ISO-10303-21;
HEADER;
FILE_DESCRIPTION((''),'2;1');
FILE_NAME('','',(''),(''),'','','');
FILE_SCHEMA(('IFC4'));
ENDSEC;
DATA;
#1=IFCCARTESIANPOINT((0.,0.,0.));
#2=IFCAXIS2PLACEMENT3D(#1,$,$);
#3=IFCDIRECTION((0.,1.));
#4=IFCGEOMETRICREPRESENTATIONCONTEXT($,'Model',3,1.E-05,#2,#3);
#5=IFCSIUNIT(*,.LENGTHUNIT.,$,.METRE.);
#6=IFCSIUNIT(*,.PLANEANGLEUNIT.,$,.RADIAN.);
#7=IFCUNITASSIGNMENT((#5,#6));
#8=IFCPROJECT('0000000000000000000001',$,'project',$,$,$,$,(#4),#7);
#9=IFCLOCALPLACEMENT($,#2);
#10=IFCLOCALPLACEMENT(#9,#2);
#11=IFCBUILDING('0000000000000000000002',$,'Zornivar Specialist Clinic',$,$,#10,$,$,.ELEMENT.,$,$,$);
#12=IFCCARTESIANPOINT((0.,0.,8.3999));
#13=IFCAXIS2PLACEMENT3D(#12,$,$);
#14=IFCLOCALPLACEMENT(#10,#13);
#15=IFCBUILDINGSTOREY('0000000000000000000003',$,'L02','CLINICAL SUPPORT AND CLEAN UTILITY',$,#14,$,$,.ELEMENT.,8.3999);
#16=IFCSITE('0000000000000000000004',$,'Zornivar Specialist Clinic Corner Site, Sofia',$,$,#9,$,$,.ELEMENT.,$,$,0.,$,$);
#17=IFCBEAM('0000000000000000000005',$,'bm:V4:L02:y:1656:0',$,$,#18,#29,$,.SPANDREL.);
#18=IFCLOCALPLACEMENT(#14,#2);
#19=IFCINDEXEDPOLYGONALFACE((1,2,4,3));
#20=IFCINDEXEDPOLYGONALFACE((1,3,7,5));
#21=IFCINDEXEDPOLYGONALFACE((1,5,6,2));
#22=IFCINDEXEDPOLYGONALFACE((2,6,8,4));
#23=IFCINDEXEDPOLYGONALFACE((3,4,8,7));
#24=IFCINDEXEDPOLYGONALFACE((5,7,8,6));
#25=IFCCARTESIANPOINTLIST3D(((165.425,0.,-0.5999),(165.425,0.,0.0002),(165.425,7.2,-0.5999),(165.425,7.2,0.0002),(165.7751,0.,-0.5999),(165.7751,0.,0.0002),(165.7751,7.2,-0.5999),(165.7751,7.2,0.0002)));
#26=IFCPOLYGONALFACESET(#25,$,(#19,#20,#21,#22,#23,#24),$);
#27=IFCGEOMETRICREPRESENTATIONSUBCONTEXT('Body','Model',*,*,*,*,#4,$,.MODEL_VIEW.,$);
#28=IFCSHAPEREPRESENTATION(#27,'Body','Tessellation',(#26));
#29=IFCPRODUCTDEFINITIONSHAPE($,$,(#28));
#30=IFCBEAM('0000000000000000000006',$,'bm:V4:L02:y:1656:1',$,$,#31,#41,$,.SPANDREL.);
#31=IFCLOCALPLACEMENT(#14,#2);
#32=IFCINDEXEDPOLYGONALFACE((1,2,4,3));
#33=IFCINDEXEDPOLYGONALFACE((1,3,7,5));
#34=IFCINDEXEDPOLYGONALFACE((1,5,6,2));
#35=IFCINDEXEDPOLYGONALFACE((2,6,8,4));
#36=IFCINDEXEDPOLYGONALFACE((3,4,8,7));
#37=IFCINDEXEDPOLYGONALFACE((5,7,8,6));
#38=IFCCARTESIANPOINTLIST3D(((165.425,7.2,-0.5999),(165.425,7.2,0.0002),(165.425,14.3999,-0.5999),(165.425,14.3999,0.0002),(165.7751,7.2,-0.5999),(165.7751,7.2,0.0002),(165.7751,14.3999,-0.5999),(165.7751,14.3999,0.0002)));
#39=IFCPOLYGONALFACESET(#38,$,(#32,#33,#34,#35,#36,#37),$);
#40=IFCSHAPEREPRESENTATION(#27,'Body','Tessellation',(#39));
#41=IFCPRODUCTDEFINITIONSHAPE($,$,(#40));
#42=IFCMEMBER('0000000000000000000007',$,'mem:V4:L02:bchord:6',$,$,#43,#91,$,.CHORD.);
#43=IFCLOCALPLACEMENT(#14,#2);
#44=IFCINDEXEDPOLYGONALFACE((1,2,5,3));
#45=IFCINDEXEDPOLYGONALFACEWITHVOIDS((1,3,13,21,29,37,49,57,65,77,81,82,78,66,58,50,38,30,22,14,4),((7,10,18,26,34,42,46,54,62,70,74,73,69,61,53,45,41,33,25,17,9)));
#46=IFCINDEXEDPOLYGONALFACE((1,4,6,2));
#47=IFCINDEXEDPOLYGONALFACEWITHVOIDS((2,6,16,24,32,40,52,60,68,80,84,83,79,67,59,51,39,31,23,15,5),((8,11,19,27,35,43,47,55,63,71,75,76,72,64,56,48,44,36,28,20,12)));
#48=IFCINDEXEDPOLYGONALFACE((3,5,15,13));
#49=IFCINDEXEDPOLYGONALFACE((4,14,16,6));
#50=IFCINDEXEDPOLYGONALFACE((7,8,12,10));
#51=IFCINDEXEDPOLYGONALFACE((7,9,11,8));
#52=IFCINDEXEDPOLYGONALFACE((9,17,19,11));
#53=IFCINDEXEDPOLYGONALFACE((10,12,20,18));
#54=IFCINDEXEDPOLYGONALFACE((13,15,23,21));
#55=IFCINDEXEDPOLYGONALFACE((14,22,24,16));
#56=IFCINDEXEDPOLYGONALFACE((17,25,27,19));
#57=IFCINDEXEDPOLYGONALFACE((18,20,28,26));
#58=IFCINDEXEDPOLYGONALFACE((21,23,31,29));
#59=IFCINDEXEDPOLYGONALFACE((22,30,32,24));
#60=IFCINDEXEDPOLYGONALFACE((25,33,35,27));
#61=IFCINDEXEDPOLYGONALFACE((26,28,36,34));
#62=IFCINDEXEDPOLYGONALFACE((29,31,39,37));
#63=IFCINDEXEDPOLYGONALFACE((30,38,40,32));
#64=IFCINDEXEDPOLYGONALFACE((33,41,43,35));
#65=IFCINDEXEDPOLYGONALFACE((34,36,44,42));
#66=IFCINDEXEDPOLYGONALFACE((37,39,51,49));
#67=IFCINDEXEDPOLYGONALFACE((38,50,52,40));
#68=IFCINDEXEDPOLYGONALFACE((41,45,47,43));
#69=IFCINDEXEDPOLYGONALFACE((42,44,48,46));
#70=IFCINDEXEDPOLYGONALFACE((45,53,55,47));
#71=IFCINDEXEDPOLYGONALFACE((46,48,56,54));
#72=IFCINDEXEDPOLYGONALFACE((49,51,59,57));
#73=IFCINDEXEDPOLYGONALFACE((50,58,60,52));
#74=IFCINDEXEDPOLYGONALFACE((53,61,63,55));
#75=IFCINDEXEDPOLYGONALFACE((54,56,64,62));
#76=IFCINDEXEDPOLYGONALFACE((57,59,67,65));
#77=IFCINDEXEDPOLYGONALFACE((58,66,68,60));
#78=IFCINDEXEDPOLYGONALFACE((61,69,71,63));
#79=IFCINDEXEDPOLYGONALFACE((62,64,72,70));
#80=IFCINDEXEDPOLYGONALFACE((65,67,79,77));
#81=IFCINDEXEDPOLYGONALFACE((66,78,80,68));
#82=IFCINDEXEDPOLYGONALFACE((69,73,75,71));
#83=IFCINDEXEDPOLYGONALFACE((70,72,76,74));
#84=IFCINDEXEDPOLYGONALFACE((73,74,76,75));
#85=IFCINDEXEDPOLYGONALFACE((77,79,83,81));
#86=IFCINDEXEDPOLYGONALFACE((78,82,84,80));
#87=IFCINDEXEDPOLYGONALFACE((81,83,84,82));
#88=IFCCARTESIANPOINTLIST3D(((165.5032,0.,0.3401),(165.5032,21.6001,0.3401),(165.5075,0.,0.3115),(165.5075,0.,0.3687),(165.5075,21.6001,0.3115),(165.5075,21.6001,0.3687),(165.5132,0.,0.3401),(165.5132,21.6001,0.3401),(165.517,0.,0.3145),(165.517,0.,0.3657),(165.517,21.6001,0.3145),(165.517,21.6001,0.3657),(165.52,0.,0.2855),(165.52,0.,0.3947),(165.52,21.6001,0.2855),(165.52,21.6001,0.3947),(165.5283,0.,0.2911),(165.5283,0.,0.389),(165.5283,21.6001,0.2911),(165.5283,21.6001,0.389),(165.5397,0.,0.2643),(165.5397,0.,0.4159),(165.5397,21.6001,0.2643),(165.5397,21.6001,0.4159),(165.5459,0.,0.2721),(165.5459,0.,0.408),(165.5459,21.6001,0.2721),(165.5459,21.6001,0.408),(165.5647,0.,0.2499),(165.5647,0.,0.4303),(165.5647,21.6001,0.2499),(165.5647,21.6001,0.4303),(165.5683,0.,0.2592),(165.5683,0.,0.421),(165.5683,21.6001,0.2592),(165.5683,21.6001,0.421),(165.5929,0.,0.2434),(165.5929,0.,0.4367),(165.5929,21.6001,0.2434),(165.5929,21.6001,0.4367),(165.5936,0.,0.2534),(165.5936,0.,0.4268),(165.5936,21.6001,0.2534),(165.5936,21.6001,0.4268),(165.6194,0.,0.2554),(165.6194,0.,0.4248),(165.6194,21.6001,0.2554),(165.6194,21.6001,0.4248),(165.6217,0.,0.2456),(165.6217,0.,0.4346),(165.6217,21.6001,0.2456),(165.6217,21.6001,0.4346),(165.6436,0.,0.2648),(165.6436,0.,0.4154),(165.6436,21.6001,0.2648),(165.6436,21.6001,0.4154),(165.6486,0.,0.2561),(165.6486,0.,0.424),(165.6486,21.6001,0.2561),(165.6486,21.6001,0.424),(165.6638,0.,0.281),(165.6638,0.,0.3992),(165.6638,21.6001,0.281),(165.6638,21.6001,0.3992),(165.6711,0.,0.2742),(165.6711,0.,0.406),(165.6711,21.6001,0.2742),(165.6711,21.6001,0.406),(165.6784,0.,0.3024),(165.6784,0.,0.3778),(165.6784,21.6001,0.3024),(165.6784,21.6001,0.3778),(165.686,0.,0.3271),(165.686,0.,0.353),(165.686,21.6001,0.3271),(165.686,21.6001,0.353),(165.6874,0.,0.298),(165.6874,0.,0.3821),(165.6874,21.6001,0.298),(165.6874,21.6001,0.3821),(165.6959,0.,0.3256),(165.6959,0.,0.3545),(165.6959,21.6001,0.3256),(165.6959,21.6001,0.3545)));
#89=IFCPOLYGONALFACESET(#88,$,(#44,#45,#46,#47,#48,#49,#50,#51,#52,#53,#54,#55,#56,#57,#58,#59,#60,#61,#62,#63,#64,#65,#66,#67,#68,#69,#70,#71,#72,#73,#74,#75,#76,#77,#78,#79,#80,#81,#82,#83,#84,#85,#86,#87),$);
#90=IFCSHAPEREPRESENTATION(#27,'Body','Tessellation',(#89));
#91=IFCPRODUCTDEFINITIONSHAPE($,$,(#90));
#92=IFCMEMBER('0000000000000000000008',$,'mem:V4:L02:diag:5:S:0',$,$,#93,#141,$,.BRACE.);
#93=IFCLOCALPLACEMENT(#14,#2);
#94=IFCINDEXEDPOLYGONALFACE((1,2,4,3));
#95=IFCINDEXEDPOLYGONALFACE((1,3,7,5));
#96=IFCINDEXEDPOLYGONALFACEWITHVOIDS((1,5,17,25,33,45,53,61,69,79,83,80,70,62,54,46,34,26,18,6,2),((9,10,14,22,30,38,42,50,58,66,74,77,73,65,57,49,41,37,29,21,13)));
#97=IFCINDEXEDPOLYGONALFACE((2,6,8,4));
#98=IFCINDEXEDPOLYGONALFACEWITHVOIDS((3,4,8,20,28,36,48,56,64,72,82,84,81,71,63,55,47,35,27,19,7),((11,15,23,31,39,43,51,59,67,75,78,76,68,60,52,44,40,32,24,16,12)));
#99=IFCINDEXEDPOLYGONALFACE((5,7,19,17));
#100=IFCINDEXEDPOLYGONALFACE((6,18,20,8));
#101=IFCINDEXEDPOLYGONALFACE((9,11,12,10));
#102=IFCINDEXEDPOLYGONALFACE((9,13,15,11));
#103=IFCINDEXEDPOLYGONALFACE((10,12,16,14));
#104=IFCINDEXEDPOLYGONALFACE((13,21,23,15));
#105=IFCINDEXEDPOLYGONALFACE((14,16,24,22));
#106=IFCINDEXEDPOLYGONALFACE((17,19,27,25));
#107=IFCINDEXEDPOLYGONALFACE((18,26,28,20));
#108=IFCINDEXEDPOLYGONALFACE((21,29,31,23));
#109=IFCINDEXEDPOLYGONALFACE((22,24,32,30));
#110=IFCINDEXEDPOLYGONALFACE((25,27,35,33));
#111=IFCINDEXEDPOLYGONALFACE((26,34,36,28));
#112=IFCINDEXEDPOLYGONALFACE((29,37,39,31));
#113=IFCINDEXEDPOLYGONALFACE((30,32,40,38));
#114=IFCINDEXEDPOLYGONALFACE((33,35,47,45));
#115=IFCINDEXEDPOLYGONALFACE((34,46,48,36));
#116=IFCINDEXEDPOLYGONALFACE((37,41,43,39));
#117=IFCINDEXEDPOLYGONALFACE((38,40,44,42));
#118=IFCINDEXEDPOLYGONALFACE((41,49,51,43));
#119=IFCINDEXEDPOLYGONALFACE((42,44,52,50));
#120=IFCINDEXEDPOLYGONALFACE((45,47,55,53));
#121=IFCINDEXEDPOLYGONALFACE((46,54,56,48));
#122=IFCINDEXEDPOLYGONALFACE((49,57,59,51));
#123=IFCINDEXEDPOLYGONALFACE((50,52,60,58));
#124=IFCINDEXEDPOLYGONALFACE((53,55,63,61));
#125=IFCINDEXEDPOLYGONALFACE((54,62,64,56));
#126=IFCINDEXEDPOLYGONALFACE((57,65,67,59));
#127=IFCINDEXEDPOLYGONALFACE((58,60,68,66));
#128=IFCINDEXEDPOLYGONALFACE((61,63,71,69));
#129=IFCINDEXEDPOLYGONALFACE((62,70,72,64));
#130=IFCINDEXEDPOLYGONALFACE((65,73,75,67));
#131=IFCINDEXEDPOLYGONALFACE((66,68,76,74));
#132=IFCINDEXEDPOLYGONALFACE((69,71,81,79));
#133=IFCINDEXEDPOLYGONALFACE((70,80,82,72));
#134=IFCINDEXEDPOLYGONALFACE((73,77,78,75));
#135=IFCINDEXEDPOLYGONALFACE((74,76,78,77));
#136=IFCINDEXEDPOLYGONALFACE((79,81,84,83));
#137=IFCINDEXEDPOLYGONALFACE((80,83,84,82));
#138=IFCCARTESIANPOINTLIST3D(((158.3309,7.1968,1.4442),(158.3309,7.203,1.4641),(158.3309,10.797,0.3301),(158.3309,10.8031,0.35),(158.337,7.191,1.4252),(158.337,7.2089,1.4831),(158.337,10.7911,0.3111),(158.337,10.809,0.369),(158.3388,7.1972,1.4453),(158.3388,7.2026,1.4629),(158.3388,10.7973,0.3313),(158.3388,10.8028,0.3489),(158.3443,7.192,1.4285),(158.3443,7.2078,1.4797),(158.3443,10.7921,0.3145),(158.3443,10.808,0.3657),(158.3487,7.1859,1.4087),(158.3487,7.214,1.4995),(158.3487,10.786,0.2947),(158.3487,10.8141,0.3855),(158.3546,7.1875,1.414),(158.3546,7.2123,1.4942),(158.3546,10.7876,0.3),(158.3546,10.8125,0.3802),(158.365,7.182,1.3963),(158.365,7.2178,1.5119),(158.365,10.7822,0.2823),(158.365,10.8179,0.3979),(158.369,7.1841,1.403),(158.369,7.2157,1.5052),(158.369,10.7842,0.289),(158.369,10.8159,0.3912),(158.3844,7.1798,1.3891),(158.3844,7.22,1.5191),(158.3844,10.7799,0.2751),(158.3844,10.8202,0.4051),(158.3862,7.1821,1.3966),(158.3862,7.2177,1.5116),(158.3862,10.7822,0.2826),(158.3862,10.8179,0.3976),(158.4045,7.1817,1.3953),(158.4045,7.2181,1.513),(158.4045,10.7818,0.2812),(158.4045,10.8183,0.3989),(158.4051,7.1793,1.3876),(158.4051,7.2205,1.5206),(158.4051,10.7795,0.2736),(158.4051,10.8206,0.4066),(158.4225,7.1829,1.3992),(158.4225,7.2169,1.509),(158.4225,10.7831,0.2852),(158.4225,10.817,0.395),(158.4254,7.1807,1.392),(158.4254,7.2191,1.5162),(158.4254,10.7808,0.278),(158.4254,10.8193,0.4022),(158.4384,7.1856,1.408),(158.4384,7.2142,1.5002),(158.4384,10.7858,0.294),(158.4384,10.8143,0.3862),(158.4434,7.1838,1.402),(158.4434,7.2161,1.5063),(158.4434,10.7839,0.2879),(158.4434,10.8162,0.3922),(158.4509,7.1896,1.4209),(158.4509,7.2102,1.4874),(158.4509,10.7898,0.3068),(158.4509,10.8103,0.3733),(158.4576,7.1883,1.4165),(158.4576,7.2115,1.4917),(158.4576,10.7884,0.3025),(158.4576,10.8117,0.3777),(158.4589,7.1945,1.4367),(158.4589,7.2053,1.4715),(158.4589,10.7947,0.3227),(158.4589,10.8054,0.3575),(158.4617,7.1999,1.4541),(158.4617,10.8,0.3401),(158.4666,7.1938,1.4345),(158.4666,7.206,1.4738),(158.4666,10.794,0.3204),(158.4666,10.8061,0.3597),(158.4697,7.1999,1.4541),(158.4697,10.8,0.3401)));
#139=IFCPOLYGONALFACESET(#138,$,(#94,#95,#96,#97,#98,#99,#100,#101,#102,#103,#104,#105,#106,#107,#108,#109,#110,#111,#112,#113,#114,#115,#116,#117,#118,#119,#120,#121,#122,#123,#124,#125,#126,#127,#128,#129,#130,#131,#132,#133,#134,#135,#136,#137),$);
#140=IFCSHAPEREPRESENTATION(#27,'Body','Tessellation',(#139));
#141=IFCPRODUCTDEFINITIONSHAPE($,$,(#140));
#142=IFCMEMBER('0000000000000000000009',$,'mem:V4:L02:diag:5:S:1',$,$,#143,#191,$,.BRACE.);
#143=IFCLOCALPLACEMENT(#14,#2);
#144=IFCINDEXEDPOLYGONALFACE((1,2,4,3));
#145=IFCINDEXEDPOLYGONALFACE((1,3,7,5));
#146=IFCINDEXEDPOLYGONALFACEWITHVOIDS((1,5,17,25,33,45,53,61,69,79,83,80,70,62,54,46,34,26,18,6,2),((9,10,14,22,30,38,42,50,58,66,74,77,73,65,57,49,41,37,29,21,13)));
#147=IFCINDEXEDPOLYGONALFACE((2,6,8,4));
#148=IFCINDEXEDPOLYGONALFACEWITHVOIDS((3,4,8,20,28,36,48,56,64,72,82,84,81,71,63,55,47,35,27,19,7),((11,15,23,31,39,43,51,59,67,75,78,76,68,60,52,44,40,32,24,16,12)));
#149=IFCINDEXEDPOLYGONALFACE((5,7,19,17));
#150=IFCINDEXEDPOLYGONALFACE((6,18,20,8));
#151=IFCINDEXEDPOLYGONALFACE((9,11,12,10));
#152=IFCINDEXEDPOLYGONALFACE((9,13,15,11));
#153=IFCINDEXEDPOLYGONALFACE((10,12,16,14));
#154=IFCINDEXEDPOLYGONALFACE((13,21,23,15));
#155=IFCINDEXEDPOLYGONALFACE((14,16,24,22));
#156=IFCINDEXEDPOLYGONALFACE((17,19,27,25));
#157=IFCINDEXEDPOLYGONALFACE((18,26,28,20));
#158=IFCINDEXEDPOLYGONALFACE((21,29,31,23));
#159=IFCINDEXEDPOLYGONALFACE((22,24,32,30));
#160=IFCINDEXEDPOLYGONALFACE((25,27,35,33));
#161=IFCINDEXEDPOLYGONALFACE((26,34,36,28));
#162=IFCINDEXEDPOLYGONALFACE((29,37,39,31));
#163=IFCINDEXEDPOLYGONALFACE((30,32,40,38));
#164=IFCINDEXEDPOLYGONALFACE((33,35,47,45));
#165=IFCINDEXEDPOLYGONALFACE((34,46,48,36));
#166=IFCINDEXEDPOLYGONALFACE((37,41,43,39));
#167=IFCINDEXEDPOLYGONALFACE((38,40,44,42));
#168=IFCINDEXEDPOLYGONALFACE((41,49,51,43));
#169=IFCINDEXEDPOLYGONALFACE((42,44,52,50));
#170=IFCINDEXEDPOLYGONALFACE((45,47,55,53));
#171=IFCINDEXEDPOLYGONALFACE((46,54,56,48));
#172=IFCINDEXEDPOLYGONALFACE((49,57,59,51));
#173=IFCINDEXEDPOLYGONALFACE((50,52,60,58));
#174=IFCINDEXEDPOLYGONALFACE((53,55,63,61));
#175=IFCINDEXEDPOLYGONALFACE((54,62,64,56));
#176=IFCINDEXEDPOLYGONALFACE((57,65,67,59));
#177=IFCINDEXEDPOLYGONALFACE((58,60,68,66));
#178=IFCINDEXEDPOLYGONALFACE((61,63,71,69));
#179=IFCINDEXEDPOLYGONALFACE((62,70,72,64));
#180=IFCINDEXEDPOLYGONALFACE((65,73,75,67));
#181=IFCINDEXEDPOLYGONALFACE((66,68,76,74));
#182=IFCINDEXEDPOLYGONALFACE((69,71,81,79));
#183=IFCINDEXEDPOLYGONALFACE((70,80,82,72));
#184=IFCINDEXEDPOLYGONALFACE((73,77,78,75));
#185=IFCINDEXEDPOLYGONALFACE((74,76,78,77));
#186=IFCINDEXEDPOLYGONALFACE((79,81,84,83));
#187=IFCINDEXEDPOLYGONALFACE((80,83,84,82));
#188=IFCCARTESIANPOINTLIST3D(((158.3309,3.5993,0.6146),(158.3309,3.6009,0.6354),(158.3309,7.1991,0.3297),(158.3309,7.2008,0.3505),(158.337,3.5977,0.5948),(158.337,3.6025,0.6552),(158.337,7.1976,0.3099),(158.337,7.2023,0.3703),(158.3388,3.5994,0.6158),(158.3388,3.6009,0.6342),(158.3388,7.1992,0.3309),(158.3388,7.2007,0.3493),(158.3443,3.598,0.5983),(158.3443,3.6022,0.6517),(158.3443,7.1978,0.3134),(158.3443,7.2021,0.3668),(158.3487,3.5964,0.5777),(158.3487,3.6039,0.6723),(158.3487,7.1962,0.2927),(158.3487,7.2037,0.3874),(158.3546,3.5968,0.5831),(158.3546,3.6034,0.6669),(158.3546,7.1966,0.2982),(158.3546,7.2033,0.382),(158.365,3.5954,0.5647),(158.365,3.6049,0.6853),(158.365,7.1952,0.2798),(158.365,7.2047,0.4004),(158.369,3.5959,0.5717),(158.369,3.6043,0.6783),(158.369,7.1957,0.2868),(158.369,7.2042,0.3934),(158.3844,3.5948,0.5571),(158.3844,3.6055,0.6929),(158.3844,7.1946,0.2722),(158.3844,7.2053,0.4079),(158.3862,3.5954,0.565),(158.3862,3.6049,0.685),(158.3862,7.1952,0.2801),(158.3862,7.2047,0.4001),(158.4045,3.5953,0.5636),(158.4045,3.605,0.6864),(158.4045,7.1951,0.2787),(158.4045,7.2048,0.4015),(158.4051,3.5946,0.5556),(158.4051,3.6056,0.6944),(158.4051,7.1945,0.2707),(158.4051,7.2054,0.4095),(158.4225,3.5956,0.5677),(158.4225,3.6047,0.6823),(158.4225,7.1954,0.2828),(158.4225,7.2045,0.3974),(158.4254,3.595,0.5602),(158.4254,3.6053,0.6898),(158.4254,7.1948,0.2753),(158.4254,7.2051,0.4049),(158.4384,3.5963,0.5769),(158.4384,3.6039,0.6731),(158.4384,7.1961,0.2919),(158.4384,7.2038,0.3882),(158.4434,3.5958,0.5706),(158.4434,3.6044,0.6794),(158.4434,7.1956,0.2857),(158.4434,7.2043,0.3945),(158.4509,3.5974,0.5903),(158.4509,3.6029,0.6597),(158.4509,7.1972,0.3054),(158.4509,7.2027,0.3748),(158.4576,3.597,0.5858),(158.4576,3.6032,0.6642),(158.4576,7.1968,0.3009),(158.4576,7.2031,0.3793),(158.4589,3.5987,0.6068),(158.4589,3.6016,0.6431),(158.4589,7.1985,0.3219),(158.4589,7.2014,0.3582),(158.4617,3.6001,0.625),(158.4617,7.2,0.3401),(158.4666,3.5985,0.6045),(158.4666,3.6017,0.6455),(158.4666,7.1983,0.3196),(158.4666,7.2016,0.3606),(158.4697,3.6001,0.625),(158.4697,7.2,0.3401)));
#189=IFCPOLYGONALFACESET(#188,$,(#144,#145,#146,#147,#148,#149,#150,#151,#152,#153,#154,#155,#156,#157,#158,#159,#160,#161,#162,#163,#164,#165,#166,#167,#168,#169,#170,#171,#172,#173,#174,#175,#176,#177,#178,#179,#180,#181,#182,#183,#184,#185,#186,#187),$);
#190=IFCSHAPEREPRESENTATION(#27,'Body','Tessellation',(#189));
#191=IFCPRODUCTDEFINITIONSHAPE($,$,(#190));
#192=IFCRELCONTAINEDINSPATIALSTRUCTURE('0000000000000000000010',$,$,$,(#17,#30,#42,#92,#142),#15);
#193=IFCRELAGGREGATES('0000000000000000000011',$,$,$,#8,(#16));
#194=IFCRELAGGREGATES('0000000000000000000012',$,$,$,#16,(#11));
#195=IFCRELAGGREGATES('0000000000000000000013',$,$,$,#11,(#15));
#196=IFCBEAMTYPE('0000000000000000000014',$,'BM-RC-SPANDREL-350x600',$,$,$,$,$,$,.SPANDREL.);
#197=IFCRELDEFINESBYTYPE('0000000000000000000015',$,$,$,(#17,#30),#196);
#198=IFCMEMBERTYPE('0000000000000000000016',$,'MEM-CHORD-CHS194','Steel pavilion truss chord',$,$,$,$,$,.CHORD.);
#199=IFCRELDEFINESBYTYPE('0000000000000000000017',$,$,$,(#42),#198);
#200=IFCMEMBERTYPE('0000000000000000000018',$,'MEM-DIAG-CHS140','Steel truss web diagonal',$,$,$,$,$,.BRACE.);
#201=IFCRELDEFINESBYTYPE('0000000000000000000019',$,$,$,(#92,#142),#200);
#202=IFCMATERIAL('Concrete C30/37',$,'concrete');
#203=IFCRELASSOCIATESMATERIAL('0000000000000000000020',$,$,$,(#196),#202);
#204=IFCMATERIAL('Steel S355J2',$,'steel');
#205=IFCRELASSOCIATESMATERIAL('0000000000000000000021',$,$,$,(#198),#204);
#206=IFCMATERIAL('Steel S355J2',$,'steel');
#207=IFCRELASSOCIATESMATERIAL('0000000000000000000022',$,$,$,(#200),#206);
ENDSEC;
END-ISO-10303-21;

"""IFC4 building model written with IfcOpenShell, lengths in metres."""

from ifc_helpers import new_model, si_unit, direction, frame, origin, origin_2d, place, context, subcontext, project, spatial, rectangle, hollow_circle, extrude, material, material_profile, profile_set, type_object, element, save


model = new_model("IFC4")

# Units and contexts
model_context = context("Model", 3, precision=1e-05, world=origin(), true_north=direction((0.0, 1.0)))
body_context = subcontext(model_context, "Body", "Model", "MODEL_VIEW")
ifc_project = project(units=[si_unit("LENGTHUNIT", "METRE"), si_unit("PLANEANGLEUNIT", "RADIAN")], contexts=[model_context])

# Site, building, storey
site_placement = place(None, origin())
site = spatial("IfcSite", under=ifc_project, at=site_placement, Name="Zornivar Specialist Clinic Corner Site, Sofia", CompositionType="ELEMENT", RefElevation=0.0)
building_placement = place(site_placement, origin())
building = spatial("IfcBuilding", under=site, at=building_placement, Name="Zornivar Specialist Clinic", CompositionType="ELEMENT")
storey_placement = place(building_placement, frame((0.0, 0.0, 8.3999)))
storey = spatial("IfcBuildingStorey", under=building, at=storey_placement, Name="L02", Description="CLINICAL SUPPORT AND CLEAN UTILITY", CompositionType="ELEMENT", Elevation=8.3999)

# Beams
ifc_material_1 = material(Name="Concrete C30/37", Category="concrete")
ifc_material_profile_1 = material_profile(ifc_material_1, rectangle(XDim=0.3501, YDim=0.6001, at=origin_2d()), Name="RC 350x600")
ifc_profile_set_1 = profile_set([ifc_material_profile_1], Name="Concrete C30/37")
beam_type = type_object("IfcBeamType", Name="BM-RC-SPANDREL-350x600", PredefinedType="SPANDREL", material=ifc_profile_set_1)
for number, where, z_axis, x_axis, name in (
    (1, (165.6001, 0.0, -0.2998), (0.0, 1.0, 0.0), (-1.0, 0.0, 0.0), "bm:V4:L02:y:1656:0"),
    (2, (165.6001, 7.2, -0.2998), (0.0, 1.0, 0.0), (-1.0, 0.0, 0.0), "bm:V4:L02:y:1656:1"),
):
    element("IfcBeam", number, at=place(storey_placement, frame(where, z_axis=z_axis, x_axis=x_axis)), inside=storey, type_object=beam_type, Name=name, PredefinedType="SPANDREL", context=body_context, shape_type="SweptSolid", body=[
        extrude(rectangle(XDim=0.3501, YDim=0.6001, at=origin_2d()), origin(), (0.0, 0.0, 1.0), 7.2),
    ])

# Members
ifc_material_2 = material(Name="Steel S355J2", Category="steel")
ifc_material_profile_2 = material_profile(ifc_material_2, hollow_circle(Radius=0.0969, WallThickness=0.01, at=origin_2d()), Name="CHS 193.7x10")
ifc_profile_set_2 = profile_set([ifc_material_profile_2], Name="Steel S355J2")
member_type_1 = type_object("IfcMemberType", Name="MEM-CHORD-CHS194", Description="Steel pavilion truss chord", PredefinedType="CHORD", material=ifc_profile_set_2)
member_1_placement = place(storey_placement, frame((165.6001, 0.0, 0.3401), z_axis=(0.0, 1.0, 0.0), x_axis=(-1.0, 0.0, 0.0)))
element("IfcMember", 3, at=member_1_placement, inside=storey, type_object=member_type_1, Name="mem:V4:L02:bchord:6", PredefinedType="CHORD", context=body_context, shape_type="SweptSolid", body=[
    extrude(hollow_circle(Radius=0.0969, WallThickness=0.01, at=origin_2d()), origin(), (0.0, 0.0, 1.0), 21.6001),
])
ifc_material_3 = material(Name="Steel S355J2", Category="steel")
ifc_material_profile_3 = material_profile(ifc_material_3, hollow_circle(Radius=0.0698, WallThickness=0.0081, at=origin_2d()), Name="CHS 139.7x8")
ifc_profile_set_3 = profile_set([ifc_material_profile_3], Name="Steel S355J2")
member_type_2 = type_object("IfcMemberType", Name="MEM-DIAG-CHS140", Description="Steel truss web diagonal", PredefinedType="BRACE", material=ifc_profile_set_3)
member_2_placement = place(storey_placement, frame((158.3999, 10.8, 0.3401), z_axis=(0.0, -0.955309, 0.295611), x_axis=(1.0, 0.0, 0.0)))
element("IfcMember", 4, at=member_2_placement, inside=storey, type_object=member_type_2, Name="mem:V4:L02:diag:5:S:0", PredefinedType="BRACE", context=body_context, shape_type="SweptSolid", body=[
    extrude(hollow_circle(Radius=0.0698, WallThickness=0.0081, at=origin_2d()), origin(), (0.0, 0.0, 1.0), 3.7686),
])
member_3_placement = place(storey_placement, frame((158.3999, 7.2, 0.3401), z_axis=(0.0, -0.996883, 0.078899), x_axis=(1.0, 0.0, 0.0)))
element("IfcMember", 5, at=member_3_placement, inside=storey, type_object=member_type_2, Name="mem:V4:L02:diag:5:S:1", PredefinedType="BRACE", context=body_context, shape_type="SweptSolid", body=[
    extrude(hollow_circle(Radius=0.0698, WallThickness=0.0081, at=origin_2d()), origin(), (0.0, 0.0, 1.0), 3.6111),
])

save(model, "model.ifc")
